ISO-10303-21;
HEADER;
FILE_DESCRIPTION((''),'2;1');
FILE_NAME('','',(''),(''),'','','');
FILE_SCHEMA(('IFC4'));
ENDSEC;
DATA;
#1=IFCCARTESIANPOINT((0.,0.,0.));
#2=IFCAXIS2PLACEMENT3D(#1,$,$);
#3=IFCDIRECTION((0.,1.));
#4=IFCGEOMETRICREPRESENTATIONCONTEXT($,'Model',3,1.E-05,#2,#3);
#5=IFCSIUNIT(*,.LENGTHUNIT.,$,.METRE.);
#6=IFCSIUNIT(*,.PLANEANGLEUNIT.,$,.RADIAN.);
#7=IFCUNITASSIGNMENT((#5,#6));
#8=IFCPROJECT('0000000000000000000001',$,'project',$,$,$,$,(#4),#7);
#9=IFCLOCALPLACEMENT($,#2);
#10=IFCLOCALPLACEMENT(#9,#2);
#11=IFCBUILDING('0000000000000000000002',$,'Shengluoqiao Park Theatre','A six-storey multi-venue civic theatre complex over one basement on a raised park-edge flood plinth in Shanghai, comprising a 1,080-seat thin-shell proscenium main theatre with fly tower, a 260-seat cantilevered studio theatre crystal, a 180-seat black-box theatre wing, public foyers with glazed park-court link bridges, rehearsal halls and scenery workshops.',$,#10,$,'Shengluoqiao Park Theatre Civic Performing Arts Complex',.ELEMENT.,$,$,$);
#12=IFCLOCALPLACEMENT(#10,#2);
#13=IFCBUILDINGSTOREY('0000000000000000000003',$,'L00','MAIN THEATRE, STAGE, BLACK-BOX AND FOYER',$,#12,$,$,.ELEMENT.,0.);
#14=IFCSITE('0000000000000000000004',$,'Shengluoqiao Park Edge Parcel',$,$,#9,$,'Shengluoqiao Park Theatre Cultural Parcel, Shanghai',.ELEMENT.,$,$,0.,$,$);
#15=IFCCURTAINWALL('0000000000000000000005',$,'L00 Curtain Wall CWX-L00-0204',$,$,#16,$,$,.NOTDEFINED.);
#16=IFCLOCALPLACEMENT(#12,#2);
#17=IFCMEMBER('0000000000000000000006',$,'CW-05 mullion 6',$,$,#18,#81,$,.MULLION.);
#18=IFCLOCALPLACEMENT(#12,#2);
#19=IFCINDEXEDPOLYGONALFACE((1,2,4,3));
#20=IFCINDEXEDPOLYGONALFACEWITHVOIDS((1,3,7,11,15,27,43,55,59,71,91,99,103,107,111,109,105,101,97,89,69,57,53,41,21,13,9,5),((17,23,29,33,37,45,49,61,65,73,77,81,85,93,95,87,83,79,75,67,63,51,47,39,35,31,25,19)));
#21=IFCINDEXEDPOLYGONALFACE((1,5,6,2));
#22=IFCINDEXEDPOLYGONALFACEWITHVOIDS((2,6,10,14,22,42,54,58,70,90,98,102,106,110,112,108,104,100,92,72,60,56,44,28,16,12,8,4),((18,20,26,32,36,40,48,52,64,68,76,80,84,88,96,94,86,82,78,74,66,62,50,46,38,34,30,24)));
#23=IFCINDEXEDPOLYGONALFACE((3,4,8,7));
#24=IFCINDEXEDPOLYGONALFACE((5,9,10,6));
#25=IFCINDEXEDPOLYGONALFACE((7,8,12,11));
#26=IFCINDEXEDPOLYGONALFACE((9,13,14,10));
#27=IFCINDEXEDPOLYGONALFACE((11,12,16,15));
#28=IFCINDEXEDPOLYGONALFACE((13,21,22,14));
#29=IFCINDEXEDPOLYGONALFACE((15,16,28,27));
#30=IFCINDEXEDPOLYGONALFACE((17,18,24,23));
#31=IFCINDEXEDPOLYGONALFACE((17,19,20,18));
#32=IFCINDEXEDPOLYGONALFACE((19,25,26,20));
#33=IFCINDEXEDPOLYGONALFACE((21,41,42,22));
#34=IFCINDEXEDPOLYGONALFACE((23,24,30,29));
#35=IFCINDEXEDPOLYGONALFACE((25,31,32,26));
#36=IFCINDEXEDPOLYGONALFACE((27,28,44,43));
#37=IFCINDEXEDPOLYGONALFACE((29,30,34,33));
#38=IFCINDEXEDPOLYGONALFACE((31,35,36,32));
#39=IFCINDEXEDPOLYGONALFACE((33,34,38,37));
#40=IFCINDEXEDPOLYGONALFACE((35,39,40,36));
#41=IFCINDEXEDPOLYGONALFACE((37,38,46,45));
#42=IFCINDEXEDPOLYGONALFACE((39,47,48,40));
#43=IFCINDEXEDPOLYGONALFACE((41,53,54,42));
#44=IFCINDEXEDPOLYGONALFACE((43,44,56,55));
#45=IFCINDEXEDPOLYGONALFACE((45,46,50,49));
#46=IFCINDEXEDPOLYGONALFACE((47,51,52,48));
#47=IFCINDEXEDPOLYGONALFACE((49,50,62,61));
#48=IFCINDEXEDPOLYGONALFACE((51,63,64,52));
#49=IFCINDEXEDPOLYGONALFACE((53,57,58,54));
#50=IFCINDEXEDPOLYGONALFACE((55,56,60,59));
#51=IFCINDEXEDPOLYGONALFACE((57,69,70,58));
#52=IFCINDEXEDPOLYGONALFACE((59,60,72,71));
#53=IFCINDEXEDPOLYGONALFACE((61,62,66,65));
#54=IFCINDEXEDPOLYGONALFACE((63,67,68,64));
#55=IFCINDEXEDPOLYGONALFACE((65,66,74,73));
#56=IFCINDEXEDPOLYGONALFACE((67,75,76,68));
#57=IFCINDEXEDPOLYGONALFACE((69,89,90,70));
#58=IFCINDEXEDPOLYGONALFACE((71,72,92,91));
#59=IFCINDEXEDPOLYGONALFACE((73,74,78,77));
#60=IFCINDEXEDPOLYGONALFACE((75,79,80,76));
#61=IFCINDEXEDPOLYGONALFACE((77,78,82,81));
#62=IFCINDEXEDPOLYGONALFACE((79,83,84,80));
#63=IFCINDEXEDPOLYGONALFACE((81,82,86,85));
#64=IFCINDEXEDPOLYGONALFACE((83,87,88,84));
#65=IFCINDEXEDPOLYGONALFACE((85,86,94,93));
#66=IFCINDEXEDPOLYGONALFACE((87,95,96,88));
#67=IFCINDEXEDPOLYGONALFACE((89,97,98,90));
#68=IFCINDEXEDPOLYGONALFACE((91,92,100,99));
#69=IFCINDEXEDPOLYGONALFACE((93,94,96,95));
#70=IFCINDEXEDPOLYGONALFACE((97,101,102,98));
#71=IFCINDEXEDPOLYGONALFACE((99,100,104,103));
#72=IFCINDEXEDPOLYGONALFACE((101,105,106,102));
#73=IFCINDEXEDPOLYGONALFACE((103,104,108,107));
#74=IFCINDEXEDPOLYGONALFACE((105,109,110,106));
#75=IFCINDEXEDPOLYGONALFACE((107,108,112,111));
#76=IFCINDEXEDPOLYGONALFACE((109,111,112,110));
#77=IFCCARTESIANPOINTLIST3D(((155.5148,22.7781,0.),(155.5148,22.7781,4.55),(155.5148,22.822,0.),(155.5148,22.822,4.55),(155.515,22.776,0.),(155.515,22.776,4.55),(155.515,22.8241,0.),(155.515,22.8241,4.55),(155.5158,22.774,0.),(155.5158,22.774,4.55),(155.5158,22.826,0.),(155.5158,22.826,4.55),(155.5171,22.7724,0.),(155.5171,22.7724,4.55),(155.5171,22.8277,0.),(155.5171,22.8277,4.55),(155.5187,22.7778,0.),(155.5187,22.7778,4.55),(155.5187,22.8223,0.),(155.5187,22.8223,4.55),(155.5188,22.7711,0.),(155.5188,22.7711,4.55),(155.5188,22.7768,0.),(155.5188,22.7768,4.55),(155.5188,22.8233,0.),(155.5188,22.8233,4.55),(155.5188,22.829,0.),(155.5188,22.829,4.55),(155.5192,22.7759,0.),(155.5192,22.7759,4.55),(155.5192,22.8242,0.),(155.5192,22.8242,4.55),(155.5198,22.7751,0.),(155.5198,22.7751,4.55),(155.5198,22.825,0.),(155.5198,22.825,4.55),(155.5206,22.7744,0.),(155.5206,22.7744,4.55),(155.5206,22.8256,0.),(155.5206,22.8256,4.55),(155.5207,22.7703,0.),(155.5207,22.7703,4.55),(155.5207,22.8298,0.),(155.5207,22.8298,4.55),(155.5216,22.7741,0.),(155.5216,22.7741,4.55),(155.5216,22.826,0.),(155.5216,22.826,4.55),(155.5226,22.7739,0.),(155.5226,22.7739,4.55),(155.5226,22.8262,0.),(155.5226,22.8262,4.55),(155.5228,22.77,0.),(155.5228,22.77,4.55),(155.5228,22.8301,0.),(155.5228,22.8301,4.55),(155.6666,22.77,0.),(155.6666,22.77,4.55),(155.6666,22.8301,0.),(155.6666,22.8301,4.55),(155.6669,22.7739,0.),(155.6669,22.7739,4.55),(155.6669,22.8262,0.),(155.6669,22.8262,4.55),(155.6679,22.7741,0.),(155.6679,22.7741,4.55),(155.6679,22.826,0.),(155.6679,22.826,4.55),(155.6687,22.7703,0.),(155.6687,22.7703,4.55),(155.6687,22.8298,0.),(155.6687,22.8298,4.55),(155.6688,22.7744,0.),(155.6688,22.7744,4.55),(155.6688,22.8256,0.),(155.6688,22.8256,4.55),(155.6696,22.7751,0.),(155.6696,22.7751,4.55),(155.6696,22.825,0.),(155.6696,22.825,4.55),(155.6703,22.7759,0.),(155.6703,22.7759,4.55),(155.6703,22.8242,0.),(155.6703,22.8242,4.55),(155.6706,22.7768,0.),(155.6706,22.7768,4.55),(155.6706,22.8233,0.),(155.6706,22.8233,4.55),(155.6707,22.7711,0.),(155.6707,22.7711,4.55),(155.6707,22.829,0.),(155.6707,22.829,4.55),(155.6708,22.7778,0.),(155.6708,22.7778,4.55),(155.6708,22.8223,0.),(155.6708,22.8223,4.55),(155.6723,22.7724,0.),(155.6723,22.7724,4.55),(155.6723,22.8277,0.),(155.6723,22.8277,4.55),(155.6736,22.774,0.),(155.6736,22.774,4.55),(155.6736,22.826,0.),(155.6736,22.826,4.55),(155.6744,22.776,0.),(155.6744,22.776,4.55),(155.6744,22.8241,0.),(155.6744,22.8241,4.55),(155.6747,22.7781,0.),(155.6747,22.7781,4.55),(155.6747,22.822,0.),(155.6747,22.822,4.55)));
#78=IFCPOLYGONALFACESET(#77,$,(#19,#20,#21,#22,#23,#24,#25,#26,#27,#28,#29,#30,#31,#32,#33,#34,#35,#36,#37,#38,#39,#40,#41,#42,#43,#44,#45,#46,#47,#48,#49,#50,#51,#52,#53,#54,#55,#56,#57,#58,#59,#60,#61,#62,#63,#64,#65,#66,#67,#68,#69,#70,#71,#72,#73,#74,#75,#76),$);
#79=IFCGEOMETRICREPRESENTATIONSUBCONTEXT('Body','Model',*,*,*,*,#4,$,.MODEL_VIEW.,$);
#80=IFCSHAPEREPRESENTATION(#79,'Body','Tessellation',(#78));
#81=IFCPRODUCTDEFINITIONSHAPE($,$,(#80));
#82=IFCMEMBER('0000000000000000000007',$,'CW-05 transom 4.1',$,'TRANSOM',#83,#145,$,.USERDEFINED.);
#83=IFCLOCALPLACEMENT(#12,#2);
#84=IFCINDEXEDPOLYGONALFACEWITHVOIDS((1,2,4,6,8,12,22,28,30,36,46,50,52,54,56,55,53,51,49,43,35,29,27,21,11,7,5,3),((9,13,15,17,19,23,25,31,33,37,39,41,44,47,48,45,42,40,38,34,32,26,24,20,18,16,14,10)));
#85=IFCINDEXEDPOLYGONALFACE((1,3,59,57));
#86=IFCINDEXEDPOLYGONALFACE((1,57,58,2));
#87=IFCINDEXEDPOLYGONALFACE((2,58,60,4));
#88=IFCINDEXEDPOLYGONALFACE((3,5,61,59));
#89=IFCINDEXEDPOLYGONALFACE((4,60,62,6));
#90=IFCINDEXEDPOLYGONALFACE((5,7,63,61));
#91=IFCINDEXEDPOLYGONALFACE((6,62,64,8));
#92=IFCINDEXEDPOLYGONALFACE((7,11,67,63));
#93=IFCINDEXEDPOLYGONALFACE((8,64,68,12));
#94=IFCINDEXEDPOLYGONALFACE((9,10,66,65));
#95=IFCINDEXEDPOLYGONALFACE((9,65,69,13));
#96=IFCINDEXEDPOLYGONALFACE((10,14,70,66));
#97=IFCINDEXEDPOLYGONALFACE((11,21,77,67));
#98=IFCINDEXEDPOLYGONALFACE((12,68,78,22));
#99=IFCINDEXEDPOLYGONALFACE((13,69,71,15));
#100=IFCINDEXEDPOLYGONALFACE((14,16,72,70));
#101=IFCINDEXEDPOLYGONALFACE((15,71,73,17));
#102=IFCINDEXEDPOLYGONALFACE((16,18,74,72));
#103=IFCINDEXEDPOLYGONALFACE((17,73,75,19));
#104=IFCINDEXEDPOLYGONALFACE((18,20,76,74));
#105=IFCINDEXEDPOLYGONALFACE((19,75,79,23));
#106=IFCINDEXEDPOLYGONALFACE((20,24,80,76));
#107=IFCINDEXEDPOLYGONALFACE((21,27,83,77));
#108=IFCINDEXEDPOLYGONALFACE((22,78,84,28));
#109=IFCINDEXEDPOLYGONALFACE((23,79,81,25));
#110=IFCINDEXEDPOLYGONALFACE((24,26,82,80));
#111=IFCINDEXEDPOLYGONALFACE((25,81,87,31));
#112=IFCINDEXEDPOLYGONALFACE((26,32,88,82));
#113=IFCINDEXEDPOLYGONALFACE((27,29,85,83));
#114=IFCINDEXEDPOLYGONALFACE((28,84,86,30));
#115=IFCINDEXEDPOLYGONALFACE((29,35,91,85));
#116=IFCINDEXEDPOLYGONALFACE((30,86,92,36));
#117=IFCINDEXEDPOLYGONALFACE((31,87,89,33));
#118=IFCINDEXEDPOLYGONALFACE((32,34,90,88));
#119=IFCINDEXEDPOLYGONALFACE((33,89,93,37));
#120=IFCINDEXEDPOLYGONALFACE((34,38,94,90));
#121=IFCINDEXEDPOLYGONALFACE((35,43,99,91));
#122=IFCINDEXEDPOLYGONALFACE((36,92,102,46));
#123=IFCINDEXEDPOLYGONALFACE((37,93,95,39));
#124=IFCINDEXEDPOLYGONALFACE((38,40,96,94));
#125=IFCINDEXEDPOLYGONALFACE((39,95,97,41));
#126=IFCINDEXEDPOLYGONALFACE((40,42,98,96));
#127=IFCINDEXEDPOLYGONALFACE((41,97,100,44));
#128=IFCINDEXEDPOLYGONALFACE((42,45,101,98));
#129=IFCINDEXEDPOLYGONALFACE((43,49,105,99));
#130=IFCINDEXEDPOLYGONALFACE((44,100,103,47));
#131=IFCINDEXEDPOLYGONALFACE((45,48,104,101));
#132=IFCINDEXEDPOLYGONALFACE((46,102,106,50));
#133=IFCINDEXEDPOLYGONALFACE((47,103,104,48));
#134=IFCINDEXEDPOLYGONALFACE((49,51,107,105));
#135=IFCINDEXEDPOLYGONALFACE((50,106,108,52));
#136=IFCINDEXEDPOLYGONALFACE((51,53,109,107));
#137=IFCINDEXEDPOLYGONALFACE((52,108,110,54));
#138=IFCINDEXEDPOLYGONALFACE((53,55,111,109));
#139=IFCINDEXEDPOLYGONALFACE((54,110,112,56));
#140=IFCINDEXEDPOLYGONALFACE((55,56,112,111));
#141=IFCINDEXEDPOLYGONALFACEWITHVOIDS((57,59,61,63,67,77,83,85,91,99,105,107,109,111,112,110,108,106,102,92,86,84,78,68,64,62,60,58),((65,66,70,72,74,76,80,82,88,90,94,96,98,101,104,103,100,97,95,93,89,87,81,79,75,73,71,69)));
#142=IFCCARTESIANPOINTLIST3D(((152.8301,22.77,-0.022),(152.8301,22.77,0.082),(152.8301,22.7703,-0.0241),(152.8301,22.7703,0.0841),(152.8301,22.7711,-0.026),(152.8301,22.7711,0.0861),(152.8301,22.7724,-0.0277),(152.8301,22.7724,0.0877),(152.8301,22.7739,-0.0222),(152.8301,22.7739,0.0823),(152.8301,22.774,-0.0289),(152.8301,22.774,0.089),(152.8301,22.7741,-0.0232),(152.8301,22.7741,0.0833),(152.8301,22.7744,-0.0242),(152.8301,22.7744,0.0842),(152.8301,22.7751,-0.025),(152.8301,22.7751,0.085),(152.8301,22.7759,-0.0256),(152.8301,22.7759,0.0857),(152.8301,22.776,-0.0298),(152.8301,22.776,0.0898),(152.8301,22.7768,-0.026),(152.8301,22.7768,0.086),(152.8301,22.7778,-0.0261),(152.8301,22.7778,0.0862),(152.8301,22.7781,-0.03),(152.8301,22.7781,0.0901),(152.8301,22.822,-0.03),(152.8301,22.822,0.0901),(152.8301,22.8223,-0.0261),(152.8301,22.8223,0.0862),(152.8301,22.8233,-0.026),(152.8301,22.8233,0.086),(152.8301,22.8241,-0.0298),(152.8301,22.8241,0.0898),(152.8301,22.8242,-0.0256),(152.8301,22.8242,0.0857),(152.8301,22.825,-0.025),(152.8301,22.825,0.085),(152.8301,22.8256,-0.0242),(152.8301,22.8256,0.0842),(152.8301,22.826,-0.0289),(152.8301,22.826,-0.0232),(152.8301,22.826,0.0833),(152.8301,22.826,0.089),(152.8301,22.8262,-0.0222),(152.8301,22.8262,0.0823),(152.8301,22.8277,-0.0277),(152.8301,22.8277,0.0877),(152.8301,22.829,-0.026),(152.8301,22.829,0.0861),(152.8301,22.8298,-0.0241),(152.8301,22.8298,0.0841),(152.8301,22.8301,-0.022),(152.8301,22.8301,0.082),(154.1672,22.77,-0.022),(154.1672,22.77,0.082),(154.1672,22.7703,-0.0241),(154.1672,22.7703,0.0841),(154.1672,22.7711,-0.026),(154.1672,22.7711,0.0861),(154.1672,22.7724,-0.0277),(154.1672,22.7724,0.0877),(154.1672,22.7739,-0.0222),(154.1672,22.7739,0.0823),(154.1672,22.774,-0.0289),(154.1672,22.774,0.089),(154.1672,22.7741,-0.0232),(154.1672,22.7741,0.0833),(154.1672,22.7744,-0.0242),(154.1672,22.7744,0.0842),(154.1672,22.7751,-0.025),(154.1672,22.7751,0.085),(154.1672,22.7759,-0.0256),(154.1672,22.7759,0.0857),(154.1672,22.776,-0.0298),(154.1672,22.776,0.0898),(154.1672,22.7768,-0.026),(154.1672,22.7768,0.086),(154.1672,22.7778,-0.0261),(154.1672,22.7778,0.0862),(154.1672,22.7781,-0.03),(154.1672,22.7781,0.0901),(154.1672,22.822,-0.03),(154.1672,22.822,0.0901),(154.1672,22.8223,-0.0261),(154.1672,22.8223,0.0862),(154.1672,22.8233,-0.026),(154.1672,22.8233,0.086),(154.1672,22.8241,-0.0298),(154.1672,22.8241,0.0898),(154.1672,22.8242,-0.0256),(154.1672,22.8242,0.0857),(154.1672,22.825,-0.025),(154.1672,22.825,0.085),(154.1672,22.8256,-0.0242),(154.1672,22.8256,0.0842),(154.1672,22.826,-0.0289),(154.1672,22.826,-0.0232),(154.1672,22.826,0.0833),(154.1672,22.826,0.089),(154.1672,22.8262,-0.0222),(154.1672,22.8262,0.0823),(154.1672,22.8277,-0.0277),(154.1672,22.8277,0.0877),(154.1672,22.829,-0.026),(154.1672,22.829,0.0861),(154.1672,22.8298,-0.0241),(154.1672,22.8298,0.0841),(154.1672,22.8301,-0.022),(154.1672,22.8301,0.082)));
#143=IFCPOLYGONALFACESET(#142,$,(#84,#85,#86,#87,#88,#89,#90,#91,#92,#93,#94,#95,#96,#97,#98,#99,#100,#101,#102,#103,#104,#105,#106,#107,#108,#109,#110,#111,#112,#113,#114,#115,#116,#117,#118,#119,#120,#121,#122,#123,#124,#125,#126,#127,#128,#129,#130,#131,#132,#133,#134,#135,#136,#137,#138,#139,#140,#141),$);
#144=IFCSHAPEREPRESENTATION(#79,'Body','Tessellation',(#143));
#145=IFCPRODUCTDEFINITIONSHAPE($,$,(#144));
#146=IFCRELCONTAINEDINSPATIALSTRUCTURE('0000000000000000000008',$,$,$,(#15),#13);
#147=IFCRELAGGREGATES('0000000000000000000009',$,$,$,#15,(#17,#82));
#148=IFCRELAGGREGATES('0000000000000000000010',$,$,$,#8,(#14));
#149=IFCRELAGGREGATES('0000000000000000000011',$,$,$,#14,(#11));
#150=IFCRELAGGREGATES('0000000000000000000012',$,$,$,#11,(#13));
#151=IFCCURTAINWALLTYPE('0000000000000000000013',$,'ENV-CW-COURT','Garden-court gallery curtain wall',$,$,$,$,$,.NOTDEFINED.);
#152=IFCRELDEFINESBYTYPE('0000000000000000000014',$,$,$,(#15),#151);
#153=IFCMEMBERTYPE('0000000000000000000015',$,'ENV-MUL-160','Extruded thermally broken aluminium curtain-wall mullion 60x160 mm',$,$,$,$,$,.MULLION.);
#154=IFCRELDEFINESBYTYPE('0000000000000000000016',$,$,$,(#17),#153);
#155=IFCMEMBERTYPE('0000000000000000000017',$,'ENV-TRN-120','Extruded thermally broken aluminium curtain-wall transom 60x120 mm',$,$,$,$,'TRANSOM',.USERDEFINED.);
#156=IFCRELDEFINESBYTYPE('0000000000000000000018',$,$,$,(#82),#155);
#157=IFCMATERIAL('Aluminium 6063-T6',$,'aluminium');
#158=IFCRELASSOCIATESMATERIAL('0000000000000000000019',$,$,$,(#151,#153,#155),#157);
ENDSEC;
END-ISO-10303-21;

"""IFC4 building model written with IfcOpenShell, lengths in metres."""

from ifc_helpers import new_model, si_unit, direction, frame, origin, origin_2d, place, context, subcontext, project, spatial, hollow_rectangle, extrude, material, material_profile, profile_set, type_object, element, aggregate, save


model = new_model("IFC4")

# Units and contexts
model_context = context("Model", 3, precision=1e-05, world=origin(), true_north=direction((0.0, 1.0)))
body_context = subcontext(model_context, "Body", "Model", "MODEL_VIEW")
ifc_project = project(units=[si_unit("LENGTHUNIT", "METRE"), si_unit("PLANEANGLEUNIT", "RADIAN")], contexts=[model_context])

# Site, building, storey
site_placement = place(None, origin())
site = spatial("IfcSite", under=ifc_project, at=site_placement, Name="Shengluoqiao Park Edge Parcel", LongName="Shengluoqiao Park Theatre Cultural Parcel, Shanghai", CompositionType="ELEMENT", RefElevation=0.0)
building_placement = place(site_placement, origin())
building = spatial("IfcBuilding", under=site, at=building_placement, Name="Shengluoqiao Park Theatre", Description="A six-storey multi-venue civic theatre complex over one basement on a raised park-edge flood plinth in Shanghai, comprising a 1,080-seat thin-shell proscenium main theatre with fly tower, a 260-seat cantilevered studio theatre crystal, a 180-seat black-box theatre wing, public foyers with glazed park-court link bridges, rehearsal halls and scenery workshops.", LongName="Shengluoqiao Park Theatre Civic Performing Arts Complex", CompositionType="ELEMENT")
storey_placement = place(building_placement, origin())
storey = spatial("IfcBuildingStorey", under=building, at=storey_placement, Name="L00", Description="MAIN THEATRE, STAGE, BLACK-BOX AND FOYER", CompositionType="ELEMENT", Elevation=0.0)

# Curtain wall, members
ifc_material_1 = material(Name="Aluminium 6063-T6", Category="aluminium")
curtain_wall_type = type_object("IfcCurtainWallType", Name="ENV-CW-COURT", Description="Garden-court gallery curtain wall", PredefinedType="NOTDEFINED", material=ifc_material_1)
curtain_wall_placement = place(storey_placement, origin())
curtain_wall = element("IfcCurtainWall", 1, at=curtain_wall_placement, inside=storey, type_object=curtain_wall_type, Name="L00 Curtain Wall CWX-L00-0204", PredefinedType="NOTDEFINED")
ifc_material_profile_1 = material_profile(ifc_material_1, hollow_rectangle(XDim=0.0601, YDim=0.1599, WallThickness=0.0039, InnerFilletRadius=0.0039, OuterFilletRadius=0.0081, at=origin_2d()), Name="ALU MULLION 160x60x4")
ifc_profile_set_1 = profile_set([ifc_material_profile_1], Name="Aluminium 6063-T6")
member_type_1 = type_object("IfcMemberType", Name="ENV-MUL-160", Description="Extruded thermally broken aluminium curtain-wall mullion 60x160 mm", PredefinedType="MULLION", material=ifc_profile_set_1)
member_1_placement = place(storey_placement, frame((155.5947, 22.8, 0.0), z_axis=(0.0, 0.0, 1.0), x_axis=(0.0, 1.0, 0.0)))
member_1 = element("IfcMember", 2, at=member_1_placement, type_object=member_type_1, Name="CW-05 mullion 6", PredefinedType="MULLION", context=body_context, shape_type="SweptSolid", body=[
    extrude(hollow_rectangle(XDim=0.0601, YDim=0.1599, WallThickness=0.0039, InnerFilletRadius=0.0039, OuterFilletRadius=0.0081, at=origin_2d()), origin(), (0.0, 0.0, 1.0), 4.55),
])
ifc_material_profile_2 = material_profile(ifc_material_1, hollow_rectangle(XDim=0.0601, YDim=0.1201, WallThickness=0.0039, InnerFilletRadius=0.0039, OuterFilletRadius=0.0081, at=origin_2d()), Name="ALU TRANSOM 120x60x4")
ifc_profile_set_2 = profile_set([ifc_material_profile_2], Name="Aluminium 6063-T6")
member_type_2 = type_object("IfcMemberType", Name="ENV-TRN-120", Description="Extruded thermally broken aluminium curtain-wall transom 60x120 mm", ElementType="TRANSOM", PredefinedType="USERDEFINED", material=ifc_profile_set_2)
member_2_placement = place(storey_placement, frame((152.8301, 22.8, 0.03), z_axis=(1.0, 0.0, 0.0), x_axis=(0.0, 1.0, 0.0)))
member_2 = element("IfcMember", 3, at=member_2_placement, type_object=member_type_2, Name="CW-05 transom 4.1", ObjectType="TRANSOM", PredefinedType="USERDEFINED", context=body_context, shape_type="SweptSolid", body=[
    extrude(hollow_rectangle(XDim=0.0601, YDim=0.1201, WallThickness=0.0039, InnerFilletRadius=0.0039, OuterFilletRadius=0.0081, at=origin_2d()), origin(), (0.0, 0.0, 1.0), 1.3372),
])
aggregate(curtain_wall, [member_1, member_2])

save(model, "model.ifc")
